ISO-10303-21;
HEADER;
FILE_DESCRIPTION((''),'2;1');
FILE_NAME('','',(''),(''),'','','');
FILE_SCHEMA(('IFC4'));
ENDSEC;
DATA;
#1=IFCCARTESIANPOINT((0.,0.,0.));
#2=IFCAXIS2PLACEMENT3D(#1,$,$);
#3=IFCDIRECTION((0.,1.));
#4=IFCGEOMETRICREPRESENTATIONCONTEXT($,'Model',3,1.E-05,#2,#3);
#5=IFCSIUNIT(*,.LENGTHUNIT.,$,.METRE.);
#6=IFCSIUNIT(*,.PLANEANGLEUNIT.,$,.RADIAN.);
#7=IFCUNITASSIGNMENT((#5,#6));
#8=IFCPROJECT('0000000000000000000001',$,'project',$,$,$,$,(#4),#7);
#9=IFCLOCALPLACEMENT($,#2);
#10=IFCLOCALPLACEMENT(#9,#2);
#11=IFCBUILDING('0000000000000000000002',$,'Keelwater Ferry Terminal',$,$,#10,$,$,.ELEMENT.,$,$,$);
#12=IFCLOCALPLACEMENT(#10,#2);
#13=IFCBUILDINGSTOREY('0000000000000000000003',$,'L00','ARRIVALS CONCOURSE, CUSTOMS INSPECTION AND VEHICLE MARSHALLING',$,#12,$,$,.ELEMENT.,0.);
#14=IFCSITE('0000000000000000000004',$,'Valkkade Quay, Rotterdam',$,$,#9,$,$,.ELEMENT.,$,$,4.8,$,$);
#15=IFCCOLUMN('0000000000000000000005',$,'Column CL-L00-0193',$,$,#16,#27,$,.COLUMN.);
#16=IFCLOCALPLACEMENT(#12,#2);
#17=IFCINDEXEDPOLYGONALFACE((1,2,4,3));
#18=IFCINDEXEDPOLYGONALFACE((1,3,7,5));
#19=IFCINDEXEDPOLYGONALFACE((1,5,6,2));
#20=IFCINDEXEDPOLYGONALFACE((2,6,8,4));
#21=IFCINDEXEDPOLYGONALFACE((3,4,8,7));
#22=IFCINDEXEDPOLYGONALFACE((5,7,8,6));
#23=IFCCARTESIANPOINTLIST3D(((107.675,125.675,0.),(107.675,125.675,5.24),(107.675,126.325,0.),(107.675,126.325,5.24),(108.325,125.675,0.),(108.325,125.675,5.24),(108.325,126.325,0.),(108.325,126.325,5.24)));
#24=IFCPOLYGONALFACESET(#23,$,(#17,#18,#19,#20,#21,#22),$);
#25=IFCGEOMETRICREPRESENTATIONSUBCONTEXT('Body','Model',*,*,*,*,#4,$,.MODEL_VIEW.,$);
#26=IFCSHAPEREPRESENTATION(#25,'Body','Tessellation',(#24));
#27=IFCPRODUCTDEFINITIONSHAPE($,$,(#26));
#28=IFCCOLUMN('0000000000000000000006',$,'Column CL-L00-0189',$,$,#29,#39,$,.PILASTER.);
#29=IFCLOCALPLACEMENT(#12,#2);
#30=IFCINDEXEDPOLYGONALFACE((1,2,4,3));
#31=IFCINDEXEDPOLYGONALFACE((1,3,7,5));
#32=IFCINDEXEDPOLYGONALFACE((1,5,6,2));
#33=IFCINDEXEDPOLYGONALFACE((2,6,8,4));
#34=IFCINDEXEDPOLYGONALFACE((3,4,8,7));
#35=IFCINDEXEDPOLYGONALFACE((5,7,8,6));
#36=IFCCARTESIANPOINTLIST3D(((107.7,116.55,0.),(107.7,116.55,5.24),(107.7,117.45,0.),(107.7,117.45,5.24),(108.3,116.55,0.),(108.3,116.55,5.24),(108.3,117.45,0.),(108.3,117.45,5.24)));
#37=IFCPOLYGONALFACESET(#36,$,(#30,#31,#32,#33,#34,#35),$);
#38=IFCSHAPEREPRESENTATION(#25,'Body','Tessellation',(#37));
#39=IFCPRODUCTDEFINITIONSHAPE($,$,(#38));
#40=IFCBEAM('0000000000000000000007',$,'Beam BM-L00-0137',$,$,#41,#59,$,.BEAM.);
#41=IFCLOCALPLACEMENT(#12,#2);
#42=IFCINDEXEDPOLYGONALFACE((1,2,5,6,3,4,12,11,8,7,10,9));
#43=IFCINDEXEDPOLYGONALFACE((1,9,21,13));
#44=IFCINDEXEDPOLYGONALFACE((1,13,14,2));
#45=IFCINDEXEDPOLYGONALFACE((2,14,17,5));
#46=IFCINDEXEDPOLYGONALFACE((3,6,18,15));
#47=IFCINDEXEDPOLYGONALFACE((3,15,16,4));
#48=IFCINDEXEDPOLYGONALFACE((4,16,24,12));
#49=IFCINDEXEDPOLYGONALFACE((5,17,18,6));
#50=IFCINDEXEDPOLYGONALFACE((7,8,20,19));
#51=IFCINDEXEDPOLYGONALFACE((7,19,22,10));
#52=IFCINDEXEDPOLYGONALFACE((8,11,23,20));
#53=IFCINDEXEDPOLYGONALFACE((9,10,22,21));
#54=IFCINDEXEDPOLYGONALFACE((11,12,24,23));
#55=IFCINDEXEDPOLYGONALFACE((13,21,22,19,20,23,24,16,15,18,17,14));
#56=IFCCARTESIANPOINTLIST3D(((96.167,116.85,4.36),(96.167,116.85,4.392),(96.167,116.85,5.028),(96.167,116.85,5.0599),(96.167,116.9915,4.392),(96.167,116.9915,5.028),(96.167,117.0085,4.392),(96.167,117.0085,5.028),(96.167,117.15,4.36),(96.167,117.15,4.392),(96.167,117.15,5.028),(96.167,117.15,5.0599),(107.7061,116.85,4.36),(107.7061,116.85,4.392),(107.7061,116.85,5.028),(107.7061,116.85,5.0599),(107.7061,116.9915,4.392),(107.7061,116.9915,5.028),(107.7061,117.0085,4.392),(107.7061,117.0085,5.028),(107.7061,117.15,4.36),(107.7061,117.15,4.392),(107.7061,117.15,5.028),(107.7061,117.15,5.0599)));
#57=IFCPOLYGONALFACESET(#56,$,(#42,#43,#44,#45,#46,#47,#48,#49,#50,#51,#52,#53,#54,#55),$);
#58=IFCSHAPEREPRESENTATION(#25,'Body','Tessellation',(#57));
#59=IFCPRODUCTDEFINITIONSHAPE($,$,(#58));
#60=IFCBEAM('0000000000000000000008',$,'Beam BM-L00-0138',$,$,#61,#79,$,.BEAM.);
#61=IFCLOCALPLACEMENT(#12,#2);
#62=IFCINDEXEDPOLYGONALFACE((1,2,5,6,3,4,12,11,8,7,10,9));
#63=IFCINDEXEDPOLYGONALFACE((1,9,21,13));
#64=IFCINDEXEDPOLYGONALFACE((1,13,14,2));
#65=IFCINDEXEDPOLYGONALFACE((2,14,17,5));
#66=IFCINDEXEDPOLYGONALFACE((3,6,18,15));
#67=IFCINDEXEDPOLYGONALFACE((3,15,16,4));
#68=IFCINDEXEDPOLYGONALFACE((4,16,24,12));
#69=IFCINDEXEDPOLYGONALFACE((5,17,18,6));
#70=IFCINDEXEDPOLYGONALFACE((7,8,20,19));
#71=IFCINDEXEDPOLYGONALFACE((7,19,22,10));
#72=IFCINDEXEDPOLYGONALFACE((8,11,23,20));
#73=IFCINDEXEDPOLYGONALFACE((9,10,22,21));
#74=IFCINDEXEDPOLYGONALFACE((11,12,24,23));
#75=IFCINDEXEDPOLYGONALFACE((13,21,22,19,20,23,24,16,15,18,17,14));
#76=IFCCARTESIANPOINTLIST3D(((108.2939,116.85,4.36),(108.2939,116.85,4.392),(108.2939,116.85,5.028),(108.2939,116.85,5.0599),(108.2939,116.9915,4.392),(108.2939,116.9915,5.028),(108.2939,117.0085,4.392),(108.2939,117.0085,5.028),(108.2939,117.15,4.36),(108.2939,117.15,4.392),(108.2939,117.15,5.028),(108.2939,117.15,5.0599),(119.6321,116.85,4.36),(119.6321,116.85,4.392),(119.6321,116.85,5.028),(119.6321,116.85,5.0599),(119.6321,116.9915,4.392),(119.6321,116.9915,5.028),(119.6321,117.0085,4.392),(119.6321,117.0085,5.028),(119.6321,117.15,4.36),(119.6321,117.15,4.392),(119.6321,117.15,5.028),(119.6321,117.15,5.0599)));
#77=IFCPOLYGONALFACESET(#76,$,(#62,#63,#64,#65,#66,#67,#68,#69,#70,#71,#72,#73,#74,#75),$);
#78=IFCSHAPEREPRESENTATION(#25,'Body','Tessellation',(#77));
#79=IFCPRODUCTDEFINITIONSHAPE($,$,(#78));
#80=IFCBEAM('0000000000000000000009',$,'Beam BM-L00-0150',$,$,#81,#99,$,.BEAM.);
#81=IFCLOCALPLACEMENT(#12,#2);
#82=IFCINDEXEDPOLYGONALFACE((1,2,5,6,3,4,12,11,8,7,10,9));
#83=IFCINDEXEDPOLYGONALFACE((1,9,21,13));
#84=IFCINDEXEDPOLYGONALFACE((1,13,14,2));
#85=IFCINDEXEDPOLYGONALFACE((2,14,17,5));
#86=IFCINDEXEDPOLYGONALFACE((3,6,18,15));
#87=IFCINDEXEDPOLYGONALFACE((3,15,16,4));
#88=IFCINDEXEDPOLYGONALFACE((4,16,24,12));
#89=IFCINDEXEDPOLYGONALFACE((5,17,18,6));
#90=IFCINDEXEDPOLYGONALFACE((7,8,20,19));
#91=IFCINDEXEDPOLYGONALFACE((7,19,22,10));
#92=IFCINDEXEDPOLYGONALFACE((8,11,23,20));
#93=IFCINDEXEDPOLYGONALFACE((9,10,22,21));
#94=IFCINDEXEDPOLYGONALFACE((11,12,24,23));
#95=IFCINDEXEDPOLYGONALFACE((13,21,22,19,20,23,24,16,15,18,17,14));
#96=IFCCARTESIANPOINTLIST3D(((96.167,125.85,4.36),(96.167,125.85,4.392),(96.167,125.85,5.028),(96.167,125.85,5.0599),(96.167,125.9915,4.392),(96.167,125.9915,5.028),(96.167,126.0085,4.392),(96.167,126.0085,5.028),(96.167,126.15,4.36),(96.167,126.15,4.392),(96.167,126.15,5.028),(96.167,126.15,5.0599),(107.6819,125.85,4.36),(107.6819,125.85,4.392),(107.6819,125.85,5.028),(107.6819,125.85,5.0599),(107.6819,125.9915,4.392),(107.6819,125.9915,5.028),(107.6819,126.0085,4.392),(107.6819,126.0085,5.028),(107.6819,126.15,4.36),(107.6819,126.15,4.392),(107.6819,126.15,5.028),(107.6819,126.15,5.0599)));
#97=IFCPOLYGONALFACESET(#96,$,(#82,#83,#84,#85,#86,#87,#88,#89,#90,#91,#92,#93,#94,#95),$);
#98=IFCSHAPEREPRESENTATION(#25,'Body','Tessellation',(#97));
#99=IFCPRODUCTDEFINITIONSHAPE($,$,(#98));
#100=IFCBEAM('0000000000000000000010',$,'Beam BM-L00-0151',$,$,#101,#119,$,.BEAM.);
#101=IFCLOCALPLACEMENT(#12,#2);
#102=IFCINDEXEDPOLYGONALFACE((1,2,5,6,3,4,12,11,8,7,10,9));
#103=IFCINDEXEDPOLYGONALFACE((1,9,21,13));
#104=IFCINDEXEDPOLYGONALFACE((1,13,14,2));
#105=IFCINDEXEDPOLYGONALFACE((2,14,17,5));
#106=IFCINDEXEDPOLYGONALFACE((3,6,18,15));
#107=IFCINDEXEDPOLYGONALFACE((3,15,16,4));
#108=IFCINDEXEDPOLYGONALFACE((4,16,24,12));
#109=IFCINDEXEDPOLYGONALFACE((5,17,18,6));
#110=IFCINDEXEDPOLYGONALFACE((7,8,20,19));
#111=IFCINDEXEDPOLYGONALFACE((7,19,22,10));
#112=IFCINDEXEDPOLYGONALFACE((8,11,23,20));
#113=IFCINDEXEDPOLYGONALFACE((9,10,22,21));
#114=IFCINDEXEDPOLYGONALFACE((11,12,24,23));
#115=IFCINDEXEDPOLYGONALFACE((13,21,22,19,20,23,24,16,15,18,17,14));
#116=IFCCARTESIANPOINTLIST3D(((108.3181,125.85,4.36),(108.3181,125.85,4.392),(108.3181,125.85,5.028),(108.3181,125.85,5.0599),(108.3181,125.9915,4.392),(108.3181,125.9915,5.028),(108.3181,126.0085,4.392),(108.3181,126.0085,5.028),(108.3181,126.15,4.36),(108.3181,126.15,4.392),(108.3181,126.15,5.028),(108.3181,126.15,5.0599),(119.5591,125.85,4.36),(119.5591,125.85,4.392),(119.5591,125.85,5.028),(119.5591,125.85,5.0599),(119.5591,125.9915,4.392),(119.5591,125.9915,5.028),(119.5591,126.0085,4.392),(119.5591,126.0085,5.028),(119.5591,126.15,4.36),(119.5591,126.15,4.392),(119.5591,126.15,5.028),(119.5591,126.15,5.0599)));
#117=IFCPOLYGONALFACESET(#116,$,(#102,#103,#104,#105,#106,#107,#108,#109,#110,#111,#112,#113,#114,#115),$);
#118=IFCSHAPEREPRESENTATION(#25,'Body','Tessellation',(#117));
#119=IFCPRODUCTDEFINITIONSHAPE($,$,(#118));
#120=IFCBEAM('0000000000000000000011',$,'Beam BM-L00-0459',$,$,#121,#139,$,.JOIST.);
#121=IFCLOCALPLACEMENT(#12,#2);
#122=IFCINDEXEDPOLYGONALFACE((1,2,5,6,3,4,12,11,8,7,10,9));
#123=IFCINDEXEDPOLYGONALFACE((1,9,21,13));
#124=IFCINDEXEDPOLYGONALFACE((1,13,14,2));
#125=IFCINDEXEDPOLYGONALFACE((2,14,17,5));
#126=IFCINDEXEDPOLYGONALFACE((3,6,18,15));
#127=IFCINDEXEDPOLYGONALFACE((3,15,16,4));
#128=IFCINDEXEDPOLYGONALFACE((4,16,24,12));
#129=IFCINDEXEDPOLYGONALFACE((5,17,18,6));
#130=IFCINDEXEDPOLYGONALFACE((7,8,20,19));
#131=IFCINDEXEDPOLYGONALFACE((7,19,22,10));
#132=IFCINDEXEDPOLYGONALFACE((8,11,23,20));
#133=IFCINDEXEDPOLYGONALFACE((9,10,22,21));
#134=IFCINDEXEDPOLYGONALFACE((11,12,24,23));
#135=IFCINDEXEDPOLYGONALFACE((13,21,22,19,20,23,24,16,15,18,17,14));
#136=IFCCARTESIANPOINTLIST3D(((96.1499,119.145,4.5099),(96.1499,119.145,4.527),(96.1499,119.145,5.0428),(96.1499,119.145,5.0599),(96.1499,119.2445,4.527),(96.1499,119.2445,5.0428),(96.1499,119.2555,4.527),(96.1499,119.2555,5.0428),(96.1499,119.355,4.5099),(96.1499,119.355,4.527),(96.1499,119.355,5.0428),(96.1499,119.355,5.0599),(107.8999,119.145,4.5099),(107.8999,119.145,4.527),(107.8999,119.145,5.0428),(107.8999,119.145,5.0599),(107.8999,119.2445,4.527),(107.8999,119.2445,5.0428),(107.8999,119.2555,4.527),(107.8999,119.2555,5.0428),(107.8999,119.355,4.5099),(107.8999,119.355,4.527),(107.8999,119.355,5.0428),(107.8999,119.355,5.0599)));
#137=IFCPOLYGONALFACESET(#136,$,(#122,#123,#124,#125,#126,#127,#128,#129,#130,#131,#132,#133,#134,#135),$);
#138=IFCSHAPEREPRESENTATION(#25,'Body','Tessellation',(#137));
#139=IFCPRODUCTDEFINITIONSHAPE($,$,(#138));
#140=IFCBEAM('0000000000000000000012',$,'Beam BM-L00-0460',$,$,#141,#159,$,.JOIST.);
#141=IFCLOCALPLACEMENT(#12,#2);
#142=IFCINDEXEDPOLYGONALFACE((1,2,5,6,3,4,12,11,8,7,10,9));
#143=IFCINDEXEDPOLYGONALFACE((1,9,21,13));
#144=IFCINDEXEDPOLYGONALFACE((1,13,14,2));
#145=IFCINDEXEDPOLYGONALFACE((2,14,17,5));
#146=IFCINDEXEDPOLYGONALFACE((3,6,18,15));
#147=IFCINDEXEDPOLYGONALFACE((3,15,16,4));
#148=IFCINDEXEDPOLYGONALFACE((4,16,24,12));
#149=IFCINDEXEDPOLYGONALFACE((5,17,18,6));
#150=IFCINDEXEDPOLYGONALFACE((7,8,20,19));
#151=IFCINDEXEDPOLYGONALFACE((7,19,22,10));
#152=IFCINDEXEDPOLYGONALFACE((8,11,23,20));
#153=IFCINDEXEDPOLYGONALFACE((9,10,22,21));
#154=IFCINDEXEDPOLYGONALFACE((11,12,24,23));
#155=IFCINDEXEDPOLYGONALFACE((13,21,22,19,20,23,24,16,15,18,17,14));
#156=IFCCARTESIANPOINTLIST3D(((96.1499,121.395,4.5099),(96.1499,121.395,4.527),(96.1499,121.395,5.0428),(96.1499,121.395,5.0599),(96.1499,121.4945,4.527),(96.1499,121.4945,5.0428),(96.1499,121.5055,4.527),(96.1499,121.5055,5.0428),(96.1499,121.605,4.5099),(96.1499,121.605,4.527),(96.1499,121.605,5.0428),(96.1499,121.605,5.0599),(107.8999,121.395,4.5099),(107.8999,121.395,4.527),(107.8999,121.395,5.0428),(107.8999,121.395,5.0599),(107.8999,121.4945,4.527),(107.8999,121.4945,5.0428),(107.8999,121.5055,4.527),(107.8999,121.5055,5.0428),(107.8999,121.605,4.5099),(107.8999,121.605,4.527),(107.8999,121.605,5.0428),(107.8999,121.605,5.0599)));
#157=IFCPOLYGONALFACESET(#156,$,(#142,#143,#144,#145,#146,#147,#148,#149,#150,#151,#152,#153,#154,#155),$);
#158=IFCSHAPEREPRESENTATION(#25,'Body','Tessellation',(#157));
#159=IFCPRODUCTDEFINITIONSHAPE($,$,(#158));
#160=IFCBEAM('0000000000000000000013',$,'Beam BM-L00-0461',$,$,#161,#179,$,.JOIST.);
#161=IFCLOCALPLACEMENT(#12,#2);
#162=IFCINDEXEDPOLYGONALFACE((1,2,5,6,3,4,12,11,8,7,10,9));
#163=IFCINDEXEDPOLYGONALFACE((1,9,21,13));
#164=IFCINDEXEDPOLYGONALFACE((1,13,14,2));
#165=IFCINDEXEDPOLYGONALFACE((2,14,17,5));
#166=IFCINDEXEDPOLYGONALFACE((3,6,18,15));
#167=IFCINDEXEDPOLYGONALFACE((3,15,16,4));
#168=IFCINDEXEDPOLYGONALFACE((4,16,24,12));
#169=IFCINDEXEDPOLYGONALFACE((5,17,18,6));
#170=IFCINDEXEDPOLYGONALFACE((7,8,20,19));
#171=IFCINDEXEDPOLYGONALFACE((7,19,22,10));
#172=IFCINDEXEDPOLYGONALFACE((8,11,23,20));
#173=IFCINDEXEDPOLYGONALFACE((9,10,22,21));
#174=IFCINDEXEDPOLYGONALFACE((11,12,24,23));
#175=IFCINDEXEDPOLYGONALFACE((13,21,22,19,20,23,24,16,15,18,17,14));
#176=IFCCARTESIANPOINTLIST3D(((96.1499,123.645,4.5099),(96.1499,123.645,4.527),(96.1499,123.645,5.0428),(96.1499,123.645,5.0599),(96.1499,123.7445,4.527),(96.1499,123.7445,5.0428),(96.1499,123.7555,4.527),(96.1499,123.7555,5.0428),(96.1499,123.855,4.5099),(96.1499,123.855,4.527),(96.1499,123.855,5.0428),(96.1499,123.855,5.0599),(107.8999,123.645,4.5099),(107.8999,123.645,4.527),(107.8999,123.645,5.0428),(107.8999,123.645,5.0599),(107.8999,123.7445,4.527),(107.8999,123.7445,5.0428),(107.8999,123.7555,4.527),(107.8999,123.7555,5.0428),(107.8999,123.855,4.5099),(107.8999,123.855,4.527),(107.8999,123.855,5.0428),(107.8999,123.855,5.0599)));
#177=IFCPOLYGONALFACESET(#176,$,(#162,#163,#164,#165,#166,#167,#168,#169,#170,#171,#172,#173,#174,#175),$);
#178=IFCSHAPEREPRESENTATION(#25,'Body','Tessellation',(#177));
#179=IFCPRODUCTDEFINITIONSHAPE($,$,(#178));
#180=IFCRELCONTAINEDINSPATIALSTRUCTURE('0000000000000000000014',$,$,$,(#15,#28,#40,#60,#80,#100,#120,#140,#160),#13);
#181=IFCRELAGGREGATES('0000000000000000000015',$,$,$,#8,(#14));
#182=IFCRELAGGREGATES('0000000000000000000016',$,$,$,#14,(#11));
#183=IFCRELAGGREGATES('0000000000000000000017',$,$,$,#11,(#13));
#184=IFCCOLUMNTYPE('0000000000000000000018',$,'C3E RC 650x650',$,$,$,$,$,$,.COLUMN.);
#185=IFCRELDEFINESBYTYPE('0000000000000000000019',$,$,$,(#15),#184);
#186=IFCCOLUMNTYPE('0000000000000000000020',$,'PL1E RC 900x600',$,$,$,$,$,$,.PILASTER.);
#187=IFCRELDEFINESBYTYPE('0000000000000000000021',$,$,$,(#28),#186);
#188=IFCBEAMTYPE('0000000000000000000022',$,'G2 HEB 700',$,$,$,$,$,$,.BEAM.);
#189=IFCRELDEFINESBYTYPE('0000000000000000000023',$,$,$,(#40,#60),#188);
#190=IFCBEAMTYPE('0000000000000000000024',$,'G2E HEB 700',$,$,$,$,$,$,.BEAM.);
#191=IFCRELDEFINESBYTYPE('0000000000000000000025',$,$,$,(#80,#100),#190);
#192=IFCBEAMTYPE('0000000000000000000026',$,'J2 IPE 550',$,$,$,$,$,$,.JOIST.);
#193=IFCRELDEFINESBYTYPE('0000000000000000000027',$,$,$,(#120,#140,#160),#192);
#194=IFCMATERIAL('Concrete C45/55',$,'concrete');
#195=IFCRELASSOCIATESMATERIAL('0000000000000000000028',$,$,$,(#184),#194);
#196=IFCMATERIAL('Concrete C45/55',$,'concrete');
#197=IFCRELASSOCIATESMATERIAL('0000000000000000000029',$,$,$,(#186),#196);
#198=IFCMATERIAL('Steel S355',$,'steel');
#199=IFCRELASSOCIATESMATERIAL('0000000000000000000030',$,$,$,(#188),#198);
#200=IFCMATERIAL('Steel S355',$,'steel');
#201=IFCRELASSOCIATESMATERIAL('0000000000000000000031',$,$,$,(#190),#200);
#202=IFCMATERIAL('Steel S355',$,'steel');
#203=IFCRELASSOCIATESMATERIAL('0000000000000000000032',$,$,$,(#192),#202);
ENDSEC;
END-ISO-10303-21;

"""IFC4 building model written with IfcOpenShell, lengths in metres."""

from ifc_helpers import new_model, si_unit, direction, frame, origin, origin_2d, place, context, subcontext, project, spatial, rectangle, i_section, extrude, material, material_profile, profile_set, type_object, element, save


model = new_model("IFC4")

# Units and contexts
model_context = context("Model", 3, precision=1e-05, world=origin(), true_north=direction((0.0, 1.0)))
body_context = subcontext(model_context, "Body", "Model", "MODEL_VIEW")
ifc_project = project(units=[si_unit("LENGTHUNIT", "METRE"), si_unit("PLANEANGLEUNIT", "RADIAN")], contexts=[model_context])

# Site, building, storey
site_placement = place(None, origin())
site = spatial("IfcSite", under=ifc_project, at=site_placement, Name="Valkkade Quay, Rotterdam", CompositionType="ELEMENT", RefElevation=4.8)
building_placement = place(site_placement, origin())
building = spatial("IfcBuilding", under=site, at=building_placement, Name="Keelwater Ferry Terminal", CompositionType="ELEMENT")
storey_placement = place(building_placement, origin())
storey = spatial("IfcBuildingStorey", under=building, at=storey_placement, Name="L00", Description="ARRIVALS CONCOURSE, CUSTOMS INSPECTION AND VEHICLE MARSHALLING", CompositionType="ELEMENT", Elevation=0.0)

# Columns
ifc_material_1 = material(Name="Concrete C45/55", Category="concrete")
ifc_material_profile_1 = material_profile(ifc_material_1, rectangle(XDim=0.6499, YDim=0.6499, at=origin_2d()), Name="RC 650x650")
ifc_profile_set_1 = profile_set([ifc_material_profile_1], Name="Concrete C45/55")
column_type_1 = type_object("IfcColumnType", Name="C3E RC 650x650", PredefinedType="COLUMN", material=ifc_profile_set_1)
column_1_placement = place(storey_placement, frame((108.0, 126.0, 0.0), z_axis=(0.0, 0.0, 1.0), x_axis=(1.0, 0.0, 0.0)))
element("IfcColumn", 1, at=column_1_placement, inside=storey, type_object=column_type_1, Name="Column CL-L00-0193", PredefinedType="COLUMN", context=body_context, shape_type="SweptSolid", body=[
    extrude(rectangle(XDim=0.6499, YDim=0.6499, at=origin_2d()), origin(), (0.0, 0.0, 1.0), 5.24),
])
ifc_material_2 = material(Name="Concrete C45/55", Category="concrete")
ifc_material_profile_2 = material_profile(ifc_material_2, rectangle(XDim=0.6001, YDim=0.8999, at=origin_2d()), Name="RC 900x600")
ifc_profile_set_2 = profile_set([ifc_material_profile_2], Name="Concrete C45/55")
column_type_2 = type_object("IfcColumnType", Name="PL1E RC 900x600", PredefinedType="PILASTER", material=ifc_profile_set_2)
column_2_placement = place(storey_placement, frame((108.0, 117.0, 0.0), z_axis=(0.0, 0.0, 1.0), x_axis=(1.0, 0.0, 0.0)))
element("IfcColumn", 2, at=column_2_placement, inside=storey, type_object=column_type_2, Name="Column CL-L00-0189", PredefinedType="PILASTER", context=body_context, shape_type="SweptSolid", body=[
    extrude(rectangle(XDim=0.6001, YDim=0.8999, at=origin_2d()), origin(), (0.0, 0.0, 1.0), 5.24),
])

# Beams
ifc_material_3 = material(Name="Steel S355", Category="steel")
ifc_material_profile_3 = material_profile(ifc_material_3, i_section(OverallWidth=0.3, OverallDepth=0.7, WebThickness=0.0171, FlangeThickness=0.032, at=origin_2d()), Name="HEB 700")
ifc_profile_set_3 = profile_set([ifc_material_profile_3], Name="Steel S355")
beam_type_1 = type_object("IfcBeamType", Name="G2 HEB 700", PredefinedType="BEAM", material=ifc_profile_set_3)
beam_1_placement = place(storey_placement, frame((96.167, 117.0, 4.71), z_axis=(1.0, 0.0, 0.0), x_axis=(0.0, 1.0, 0.0)))
element("IfcBeam", 3, at=beam_1_placement, inside=storey, type_object=beam_type_1, Name="Beam BM-L00-0137", PredefinedType="BEAM", context=body_context, shape_type="SweptSolid", body=[
    extrude(i_section(OverallWidth=0.3, OverallDepth=0.7, WebThickness=0.0171, FlangeThickness=0.032, at=origin_2d()), origin(), (0.0, 0.0, 1.0), 11.5391),
])
beam_2_placement = place(storey_placement, frame((108.2939, 117.0, 4.71), z_axis=(1.0, 0.0, 0.0), x_axis=(0.0, 1.0, 0.0)))
element("IfcBeam", 4, at=beam_2_placement, inside=storey, type_object=beam_type_1, Name="Beam BM-L00-0138", PredefinedType="BEAM", context=body_context, shape_type="SweptSolid", body=[
    extrude(i_section(OverallWidth=0.3, OverallDepth=0.7, WebThickness=0.0171, FlangeThickness=0.032, at=origin_2d()), origin(), (0.0, 0.0, 1.0), 11.3381),
])
ifc_material_4 = material(Name="Steel S355", Category="steel")
ifc_material_profile_4 = material_profile(ifc_material_4, i_section(OverallWidth=0.3, OverallDepth=0.7, WebThickness=0.0171, FlangeThickness=0.032, at=origin_2d()), Name="HEB 700")
ifc_profile_set_4 = profile_set([ifc_material_profile_4], Name="Steel S355")
beam_type_2 = type_object("IfcBeamType", Name="G2E HEB 700", PredefinedType="BEAM", material=ifc_profile_set_4)
beam_3_placement = place(storey_placement, frame((96.167, 126.0, 4.71), z_axis=(1.0, 0.0, 0.0), x_axis=(0.0, 1.0, 0.0)))
element("IfcBeam", 5, at=beam_3_placement, inside=storey, type_object=beam_type_2, Name="Beam BM-L00-0150", PredefinedType="BEAM", context=body_context, shape_type="SweptSolid", body=[
    extrude(i_section(OverallWidth=0.3, OverallDepth=0.7, WebThickness=0.0171, FlangeThickness=0.032, at=origin_2d()), origin(), (0.0, 0.0, 1.0), 11.5149),
])
beam_4_placement = place(storey_placement, frame((108.3181, 126.0, 4.71), z_axis=(1.0, 0.0, 0.0), x_axis=(0.0, 1.0, 0.0)))
element("IfcBeam", 6, at=beam_4_placement, inside=storey, type_object=beam_type_2, Name="Beam BM-L00-0151", PredefinedType="BEAM", context=body_context, shape_type="SweptSolid", body=[
    extrude(i_section(OverallWidth=0.3, OverallDepth=0.7, WebThickness=0.0171, FlangeThickness=0.032, at=origin_2d()), origin(), (0.0, 0.0, 1.0), 11.241),
])
ifc_material_5 = material(Name="Steel S355", Category="steel")
ifc_material_profile_5 = material_profile(ifc_material_5, i_section(OverallWidth=0.21, OverallDepth=0.55, WebThickness=0.011, FlangeThickness=0.0171, at=origin_2d()), Name="IPE 550")
ifc_profile_set_5 = profile_set([ifc_material_profile_5], Name="Steel S355")
beam_type_3 = type_object("IfcBeamType", Name="J2 IPE 550", PredefinedType="JOIST", material=ifc_profile_set_5)
for number, where, z_axis, x_axis, name in (
    (7, (96.1499, 119.25, 4.7849), (1.0, 0.0, 0.0), (0.0, 1.0, 0.0), "Beam BM-L00-0459"),
    (8, (96.1499, 121.5, 4.7849), (1.0, 0.0, 0.0), (0.0, 1.0, 0.0), "Beam BM-L00-0460"),
    (9, (96.1499, 123.75, 4.7849), (1.0, 0.0, 0.0), (0.0, 1.0, 0.0), "Beam BM-L00-0461"),
):
    element("IfcBeam", number, at=place(storey_placement, frame(where, z_axis=z_axis, x_axis=x_axis)), inside=storey, type_object=beam_type_3, Name=name, PredefinedType="JOIST", context=body_context, shape_type="SweptSolid", body=[
        extrude(i_section(OverallWidth=0.21, OverallDepth=0.55, WebThickness=0.011, FlangeThickness=0.0171, at=origin_2d()), origin(), (0.0, 0.0, 1.0), 11.75),
    ])

save(model, "model.ifc")
